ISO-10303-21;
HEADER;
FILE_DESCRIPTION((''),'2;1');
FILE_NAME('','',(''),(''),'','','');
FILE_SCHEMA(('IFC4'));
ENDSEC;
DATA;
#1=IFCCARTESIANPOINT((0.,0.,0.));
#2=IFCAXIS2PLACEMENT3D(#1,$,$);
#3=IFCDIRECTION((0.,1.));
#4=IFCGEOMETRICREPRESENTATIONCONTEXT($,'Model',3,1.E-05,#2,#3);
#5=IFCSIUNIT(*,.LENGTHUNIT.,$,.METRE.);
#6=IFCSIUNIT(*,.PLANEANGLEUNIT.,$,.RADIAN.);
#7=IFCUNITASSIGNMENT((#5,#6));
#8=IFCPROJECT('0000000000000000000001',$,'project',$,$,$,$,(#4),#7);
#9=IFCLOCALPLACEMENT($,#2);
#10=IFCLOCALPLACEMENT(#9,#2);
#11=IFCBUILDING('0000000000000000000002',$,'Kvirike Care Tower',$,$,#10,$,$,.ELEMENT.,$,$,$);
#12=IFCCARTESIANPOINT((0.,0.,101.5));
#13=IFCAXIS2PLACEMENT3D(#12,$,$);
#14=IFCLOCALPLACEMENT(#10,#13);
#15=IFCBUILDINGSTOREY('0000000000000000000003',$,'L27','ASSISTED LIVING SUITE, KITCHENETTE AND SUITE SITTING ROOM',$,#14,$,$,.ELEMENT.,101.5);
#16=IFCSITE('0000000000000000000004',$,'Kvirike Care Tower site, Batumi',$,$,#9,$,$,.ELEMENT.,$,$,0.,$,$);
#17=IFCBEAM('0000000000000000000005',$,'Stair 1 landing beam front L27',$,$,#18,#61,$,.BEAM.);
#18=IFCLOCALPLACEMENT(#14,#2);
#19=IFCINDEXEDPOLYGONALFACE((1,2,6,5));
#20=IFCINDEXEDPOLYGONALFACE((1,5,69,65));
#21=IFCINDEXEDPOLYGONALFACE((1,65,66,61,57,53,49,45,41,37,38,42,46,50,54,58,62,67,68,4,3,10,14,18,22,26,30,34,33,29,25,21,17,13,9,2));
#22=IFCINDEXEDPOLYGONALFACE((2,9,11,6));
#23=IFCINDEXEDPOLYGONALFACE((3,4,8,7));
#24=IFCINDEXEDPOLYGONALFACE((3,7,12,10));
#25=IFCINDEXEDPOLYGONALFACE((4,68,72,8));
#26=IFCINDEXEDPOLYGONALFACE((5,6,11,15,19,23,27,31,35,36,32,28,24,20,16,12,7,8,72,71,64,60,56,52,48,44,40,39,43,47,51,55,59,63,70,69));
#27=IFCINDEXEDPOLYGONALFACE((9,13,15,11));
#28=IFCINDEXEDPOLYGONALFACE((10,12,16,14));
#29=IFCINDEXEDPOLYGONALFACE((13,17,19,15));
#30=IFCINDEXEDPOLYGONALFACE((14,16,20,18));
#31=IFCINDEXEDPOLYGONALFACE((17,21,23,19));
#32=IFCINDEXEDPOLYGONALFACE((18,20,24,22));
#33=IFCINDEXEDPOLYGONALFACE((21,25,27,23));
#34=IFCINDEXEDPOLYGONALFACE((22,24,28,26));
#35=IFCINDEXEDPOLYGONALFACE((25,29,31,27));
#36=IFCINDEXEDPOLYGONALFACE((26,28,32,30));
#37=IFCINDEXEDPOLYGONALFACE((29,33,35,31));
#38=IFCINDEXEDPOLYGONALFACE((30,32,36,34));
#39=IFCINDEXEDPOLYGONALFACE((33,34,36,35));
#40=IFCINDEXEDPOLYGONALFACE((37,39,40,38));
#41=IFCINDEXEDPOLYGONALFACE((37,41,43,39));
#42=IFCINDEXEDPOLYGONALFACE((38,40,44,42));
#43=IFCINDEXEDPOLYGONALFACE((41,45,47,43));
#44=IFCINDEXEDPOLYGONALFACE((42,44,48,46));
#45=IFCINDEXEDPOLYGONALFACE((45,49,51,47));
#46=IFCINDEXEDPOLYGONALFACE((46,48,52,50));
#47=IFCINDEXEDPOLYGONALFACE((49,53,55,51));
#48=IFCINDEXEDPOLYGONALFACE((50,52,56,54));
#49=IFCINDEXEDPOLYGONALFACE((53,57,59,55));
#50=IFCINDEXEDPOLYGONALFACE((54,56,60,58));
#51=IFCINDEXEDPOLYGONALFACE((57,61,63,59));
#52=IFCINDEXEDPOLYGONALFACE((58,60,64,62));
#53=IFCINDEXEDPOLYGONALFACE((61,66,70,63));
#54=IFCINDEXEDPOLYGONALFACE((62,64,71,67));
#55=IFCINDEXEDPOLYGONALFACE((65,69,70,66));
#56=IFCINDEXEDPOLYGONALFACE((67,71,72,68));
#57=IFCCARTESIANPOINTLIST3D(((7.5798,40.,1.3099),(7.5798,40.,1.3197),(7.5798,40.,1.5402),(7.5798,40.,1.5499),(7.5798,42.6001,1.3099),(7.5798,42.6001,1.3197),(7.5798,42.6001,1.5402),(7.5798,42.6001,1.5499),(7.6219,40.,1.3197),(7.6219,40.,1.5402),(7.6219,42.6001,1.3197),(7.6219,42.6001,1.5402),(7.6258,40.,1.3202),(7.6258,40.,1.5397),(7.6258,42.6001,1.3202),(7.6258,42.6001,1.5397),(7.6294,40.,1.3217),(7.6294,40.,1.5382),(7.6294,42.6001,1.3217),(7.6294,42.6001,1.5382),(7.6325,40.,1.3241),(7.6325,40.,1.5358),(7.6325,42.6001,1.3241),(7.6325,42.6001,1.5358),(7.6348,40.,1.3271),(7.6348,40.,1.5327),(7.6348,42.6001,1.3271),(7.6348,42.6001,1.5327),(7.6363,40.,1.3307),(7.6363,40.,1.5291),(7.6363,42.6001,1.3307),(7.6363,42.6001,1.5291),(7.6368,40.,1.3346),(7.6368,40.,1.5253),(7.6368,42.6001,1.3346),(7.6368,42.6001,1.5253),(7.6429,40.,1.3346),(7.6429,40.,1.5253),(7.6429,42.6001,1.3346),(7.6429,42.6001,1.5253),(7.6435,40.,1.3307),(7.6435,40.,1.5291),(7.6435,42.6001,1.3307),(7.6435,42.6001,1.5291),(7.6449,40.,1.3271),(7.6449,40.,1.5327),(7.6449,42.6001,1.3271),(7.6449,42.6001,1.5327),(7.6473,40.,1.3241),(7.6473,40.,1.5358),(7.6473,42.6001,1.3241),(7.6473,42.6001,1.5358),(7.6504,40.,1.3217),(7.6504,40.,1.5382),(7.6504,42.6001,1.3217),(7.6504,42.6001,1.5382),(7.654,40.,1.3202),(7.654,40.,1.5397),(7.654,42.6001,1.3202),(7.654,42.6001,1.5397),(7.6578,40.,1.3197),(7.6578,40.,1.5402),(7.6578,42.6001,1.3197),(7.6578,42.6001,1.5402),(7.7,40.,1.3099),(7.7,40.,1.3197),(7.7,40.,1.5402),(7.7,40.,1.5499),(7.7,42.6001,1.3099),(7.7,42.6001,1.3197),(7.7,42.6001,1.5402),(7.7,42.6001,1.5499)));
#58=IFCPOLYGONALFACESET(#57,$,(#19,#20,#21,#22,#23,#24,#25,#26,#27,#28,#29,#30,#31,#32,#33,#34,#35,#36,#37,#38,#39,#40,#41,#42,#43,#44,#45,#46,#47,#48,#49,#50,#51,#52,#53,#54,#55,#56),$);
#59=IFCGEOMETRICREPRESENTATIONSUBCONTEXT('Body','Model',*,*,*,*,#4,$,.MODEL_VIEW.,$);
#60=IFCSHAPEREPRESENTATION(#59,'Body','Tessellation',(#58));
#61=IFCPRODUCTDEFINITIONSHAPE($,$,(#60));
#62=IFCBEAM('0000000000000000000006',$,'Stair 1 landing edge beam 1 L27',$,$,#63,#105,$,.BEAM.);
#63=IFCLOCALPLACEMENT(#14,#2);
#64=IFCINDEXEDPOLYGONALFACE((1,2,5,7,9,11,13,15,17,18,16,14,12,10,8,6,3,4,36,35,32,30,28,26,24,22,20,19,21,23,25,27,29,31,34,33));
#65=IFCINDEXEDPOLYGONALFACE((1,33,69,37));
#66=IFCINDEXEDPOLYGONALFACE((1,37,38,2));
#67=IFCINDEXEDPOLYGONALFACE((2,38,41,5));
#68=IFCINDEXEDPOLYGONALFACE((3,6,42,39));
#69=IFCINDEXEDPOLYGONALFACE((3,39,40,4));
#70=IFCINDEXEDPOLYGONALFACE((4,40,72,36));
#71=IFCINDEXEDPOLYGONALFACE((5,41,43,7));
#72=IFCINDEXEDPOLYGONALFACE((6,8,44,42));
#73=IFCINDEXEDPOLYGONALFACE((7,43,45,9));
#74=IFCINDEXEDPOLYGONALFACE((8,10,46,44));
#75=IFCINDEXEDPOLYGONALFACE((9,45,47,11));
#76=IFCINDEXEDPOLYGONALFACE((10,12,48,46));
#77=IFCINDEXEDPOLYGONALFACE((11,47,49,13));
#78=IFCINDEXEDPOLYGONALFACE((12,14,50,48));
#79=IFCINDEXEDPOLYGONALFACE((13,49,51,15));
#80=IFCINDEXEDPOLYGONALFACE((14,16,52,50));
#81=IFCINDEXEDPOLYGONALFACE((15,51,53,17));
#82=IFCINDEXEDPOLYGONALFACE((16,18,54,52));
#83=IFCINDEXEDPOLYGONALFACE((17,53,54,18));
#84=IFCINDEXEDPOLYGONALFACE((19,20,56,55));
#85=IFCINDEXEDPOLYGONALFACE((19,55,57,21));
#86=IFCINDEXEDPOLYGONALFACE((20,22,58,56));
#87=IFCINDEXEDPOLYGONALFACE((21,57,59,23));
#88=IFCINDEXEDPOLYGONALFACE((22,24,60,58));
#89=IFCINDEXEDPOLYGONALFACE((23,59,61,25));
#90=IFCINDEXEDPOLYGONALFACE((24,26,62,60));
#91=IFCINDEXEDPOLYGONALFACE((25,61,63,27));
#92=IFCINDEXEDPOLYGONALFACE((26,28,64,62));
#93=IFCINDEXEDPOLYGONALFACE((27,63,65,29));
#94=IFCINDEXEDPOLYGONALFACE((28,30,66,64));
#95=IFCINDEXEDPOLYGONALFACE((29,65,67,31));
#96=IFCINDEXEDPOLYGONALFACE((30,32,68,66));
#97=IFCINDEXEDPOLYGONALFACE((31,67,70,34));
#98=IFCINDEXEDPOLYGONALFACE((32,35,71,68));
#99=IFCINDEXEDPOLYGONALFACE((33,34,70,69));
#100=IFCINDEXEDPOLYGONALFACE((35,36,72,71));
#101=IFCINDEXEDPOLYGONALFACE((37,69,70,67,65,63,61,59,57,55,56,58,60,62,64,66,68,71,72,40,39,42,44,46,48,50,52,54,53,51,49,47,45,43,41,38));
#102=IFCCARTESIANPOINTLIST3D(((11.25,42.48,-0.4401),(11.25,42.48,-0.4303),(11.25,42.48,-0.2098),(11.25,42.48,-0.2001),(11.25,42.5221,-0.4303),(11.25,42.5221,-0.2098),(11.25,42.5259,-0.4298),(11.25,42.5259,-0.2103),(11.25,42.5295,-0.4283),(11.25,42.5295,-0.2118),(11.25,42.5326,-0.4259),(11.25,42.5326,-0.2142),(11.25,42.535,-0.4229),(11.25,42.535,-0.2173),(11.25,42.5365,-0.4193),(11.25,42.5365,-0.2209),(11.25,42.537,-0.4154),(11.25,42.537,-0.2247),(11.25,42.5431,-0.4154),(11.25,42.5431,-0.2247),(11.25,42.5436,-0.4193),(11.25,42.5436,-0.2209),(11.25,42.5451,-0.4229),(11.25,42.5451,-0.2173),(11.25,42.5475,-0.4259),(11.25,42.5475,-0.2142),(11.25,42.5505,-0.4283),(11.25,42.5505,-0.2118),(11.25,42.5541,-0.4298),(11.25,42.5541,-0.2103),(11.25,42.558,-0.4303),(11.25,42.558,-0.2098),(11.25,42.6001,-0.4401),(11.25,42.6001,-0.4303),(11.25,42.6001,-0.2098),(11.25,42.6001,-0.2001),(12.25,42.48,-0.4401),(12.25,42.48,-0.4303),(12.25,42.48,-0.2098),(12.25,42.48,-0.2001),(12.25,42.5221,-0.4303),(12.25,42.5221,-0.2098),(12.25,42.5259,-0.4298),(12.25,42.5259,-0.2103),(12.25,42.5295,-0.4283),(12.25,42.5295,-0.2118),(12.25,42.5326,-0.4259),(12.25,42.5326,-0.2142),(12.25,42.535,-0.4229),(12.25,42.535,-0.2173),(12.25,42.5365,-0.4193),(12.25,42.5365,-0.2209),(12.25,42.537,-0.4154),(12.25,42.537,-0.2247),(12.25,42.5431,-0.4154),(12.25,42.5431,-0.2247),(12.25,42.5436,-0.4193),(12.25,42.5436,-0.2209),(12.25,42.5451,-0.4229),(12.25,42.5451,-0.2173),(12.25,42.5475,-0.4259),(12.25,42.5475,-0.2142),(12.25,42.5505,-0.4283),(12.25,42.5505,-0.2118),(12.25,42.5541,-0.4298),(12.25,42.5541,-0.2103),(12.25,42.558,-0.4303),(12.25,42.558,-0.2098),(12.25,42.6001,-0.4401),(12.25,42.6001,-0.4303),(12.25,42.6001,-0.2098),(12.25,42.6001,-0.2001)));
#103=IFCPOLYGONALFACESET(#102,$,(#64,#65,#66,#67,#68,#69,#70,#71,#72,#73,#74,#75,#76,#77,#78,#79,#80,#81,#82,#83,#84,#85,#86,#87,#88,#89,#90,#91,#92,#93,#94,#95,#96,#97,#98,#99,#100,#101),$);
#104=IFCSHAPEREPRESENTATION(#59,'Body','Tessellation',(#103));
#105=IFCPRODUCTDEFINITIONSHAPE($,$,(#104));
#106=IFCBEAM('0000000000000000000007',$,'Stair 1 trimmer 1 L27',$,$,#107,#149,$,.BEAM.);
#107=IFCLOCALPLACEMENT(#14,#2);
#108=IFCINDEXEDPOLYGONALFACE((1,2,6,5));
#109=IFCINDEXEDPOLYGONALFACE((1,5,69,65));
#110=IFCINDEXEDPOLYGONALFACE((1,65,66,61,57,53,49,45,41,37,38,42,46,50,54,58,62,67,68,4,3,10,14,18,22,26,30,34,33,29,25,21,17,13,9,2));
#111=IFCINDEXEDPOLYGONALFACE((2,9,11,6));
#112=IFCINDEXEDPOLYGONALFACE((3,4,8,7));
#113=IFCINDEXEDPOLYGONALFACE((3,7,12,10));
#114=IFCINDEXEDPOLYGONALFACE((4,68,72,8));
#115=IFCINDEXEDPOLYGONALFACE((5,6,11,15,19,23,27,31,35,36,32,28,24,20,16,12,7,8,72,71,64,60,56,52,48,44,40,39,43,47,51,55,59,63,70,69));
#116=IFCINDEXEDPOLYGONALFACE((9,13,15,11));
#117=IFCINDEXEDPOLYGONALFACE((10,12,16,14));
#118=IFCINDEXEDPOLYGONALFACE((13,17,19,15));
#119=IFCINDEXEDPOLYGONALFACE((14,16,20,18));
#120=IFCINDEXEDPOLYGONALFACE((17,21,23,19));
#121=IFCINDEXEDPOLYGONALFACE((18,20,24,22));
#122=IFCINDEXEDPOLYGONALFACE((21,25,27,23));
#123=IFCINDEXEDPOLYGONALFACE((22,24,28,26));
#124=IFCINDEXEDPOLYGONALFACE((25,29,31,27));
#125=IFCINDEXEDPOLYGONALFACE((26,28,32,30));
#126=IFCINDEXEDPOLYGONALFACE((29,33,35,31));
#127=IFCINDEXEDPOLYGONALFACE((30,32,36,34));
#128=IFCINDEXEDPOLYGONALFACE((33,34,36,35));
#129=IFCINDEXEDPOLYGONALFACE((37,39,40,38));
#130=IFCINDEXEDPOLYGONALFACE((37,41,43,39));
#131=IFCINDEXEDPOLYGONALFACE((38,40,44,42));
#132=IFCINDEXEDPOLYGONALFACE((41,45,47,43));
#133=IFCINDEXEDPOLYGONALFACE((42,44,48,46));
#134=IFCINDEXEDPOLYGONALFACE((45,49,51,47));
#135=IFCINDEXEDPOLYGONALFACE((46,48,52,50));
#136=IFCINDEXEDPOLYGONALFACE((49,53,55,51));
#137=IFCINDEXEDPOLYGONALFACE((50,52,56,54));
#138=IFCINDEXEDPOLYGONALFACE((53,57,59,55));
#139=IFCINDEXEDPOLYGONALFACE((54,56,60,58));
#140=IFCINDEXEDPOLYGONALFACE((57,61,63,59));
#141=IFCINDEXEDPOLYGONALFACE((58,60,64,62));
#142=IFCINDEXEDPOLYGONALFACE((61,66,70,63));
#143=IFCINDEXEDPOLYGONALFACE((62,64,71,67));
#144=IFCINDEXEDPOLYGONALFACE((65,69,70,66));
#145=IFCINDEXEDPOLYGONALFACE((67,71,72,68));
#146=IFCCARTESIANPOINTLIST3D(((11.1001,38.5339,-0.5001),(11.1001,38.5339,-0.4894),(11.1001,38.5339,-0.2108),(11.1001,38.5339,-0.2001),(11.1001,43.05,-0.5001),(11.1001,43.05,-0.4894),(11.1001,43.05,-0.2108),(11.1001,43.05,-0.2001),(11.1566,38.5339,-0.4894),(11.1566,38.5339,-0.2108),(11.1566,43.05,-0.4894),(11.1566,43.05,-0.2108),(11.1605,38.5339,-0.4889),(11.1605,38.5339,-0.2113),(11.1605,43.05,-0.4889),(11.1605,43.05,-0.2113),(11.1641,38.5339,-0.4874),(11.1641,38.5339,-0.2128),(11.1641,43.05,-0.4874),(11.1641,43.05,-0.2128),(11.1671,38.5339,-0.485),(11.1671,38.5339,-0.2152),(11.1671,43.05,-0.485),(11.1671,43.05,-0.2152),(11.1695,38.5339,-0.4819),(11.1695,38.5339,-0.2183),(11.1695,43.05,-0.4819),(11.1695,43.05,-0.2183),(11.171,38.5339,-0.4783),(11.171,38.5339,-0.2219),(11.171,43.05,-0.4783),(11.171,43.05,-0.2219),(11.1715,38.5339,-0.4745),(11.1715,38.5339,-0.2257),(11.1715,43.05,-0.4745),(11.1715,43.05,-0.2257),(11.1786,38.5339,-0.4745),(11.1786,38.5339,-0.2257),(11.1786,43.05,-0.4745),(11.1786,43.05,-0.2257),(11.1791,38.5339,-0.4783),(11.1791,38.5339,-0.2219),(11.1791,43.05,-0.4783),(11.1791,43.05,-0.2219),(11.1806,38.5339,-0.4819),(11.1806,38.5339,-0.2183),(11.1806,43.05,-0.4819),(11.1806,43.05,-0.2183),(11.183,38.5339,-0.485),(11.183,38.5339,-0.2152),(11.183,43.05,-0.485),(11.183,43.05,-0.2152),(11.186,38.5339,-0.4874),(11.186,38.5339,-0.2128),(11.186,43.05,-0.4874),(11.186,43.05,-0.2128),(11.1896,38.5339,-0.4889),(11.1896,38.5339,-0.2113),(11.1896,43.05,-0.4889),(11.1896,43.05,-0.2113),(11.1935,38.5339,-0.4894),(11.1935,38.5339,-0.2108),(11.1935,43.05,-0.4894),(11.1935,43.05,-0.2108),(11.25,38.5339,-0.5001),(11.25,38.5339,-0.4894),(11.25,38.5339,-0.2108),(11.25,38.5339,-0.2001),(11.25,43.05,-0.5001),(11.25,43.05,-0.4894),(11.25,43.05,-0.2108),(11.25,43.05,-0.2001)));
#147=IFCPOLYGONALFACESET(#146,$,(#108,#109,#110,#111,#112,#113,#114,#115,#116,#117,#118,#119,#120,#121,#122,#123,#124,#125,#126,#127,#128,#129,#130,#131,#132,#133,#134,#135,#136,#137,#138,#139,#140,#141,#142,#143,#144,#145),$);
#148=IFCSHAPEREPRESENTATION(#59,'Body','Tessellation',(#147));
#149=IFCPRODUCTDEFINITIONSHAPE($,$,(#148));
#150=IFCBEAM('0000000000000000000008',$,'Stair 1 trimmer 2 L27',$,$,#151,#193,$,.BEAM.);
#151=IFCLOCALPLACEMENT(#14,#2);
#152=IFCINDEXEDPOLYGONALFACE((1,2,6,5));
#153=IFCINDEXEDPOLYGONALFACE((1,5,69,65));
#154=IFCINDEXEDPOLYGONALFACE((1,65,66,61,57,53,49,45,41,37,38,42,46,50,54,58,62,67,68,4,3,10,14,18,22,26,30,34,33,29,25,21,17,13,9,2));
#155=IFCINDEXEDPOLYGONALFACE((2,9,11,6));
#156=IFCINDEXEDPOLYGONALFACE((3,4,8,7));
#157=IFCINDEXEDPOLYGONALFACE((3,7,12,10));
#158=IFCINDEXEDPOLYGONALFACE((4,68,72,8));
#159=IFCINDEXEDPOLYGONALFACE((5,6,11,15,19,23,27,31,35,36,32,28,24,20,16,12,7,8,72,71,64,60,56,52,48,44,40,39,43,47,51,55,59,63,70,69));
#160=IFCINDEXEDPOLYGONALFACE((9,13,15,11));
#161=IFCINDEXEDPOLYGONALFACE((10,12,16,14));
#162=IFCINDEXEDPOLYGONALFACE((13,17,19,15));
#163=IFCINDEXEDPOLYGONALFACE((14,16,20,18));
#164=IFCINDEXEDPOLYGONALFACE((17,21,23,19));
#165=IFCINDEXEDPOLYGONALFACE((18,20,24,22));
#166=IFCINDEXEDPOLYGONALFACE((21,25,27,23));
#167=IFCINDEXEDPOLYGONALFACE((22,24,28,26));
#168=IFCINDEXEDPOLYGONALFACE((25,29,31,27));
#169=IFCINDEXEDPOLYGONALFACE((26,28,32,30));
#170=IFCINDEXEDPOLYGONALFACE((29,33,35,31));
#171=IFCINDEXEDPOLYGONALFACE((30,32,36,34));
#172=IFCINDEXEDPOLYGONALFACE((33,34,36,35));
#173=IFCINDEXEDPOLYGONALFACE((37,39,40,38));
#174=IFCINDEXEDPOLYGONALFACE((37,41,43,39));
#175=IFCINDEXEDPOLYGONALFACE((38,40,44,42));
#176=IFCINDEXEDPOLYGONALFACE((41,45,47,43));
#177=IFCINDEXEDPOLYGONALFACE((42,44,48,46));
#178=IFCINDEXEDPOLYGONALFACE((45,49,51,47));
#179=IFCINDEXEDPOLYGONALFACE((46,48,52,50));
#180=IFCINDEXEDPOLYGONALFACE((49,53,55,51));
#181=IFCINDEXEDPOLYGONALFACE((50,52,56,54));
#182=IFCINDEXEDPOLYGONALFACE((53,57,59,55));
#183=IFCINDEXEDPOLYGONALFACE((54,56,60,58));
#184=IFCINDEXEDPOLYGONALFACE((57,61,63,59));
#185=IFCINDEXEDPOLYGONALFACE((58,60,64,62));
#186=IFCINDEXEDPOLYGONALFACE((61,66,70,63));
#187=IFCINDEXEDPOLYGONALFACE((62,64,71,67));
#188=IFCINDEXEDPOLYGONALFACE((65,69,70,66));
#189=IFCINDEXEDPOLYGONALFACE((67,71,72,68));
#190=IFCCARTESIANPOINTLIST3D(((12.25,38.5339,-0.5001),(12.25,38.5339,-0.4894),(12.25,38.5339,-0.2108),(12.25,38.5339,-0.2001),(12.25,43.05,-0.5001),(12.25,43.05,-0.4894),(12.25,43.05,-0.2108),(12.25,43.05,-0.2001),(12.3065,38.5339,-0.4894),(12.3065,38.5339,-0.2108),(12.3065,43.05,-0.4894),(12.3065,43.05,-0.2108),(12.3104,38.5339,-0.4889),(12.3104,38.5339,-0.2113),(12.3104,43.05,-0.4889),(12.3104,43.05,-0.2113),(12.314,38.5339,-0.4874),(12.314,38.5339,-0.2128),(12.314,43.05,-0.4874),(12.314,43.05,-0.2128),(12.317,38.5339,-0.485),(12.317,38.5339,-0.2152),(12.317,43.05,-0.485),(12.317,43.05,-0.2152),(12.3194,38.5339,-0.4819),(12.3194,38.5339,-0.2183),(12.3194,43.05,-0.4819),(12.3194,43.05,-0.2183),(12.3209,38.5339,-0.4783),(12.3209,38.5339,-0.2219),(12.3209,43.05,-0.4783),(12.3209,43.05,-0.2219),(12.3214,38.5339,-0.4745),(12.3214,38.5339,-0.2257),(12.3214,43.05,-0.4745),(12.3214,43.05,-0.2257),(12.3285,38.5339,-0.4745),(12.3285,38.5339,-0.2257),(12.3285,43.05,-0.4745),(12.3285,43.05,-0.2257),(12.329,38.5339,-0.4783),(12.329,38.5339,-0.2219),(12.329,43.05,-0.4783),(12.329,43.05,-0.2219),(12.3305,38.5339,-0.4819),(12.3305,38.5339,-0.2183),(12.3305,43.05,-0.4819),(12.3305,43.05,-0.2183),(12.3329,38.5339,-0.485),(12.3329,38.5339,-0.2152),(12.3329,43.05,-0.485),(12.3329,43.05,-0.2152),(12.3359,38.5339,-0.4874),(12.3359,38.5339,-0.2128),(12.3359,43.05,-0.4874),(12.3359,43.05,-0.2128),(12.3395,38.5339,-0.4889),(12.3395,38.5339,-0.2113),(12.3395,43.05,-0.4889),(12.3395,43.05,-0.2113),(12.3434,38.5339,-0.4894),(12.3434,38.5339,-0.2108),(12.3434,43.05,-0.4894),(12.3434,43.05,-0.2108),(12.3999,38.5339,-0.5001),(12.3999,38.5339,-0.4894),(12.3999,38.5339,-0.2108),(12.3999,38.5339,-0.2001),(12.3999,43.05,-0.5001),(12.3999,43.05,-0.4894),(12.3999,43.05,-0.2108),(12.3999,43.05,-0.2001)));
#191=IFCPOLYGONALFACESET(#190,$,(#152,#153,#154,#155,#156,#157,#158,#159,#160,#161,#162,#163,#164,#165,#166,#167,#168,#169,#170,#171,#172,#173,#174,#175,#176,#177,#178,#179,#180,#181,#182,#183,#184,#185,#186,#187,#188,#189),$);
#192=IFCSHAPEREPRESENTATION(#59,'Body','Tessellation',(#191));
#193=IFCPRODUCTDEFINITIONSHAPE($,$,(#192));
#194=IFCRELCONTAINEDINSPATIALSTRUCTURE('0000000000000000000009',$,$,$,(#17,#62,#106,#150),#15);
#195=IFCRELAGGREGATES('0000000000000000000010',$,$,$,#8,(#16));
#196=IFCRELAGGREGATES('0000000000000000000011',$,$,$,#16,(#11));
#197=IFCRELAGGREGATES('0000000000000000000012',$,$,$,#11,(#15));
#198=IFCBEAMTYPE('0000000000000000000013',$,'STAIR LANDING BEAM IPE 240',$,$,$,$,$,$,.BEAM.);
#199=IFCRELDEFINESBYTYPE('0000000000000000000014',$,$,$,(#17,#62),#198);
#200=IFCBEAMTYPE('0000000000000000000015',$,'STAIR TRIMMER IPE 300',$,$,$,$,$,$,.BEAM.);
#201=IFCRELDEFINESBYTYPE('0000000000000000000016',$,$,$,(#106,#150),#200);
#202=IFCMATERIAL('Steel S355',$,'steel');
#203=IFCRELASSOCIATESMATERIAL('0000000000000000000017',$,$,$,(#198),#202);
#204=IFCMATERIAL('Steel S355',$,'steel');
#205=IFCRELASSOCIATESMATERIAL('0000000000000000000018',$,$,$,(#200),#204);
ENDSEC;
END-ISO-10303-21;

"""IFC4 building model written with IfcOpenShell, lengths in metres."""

from ifc_helpers import new_model, si_unit, direction, frame, origin, origin_2d, place, context, subcontext, project, spatial, i_section, extrude, material, material_profile, profile_set, type_object, element, save


model = new_model("IFC4")

# Units and contexts
model_context = context("Model", 3, precision=1e-05, world=origin(), true_north=direction((0.0, 1.0)))
body_context = subcontext(model_context, "Body", "Model", "MODEL_VIEW")
ifc_project = project(units=[si_unit("LENGTHUNIT", "METRE"), si_unit("PLANEANGLEUNIT", "RADIAN")], contexts=[model_context])

# Site, building, storey
site_placement = place(None, origin())
site = spatial("IfcSite", under=ifc_project, at=site_placement, Name="Kvirike Care Tower site, Batumi", CompositionType="ELEMENT", RefElevation=0.0)
building_placement = place(site_placement, origin())
building = spatial("IfcBuilding", under=site, at=building_placement, Name="Kvirike Care Tower", CompositionType="ELEMENT")
storey_placement = place(building_placement, frame((0.0, 0.0, 101.5)))
storey = spatial("IfcBuildingStorey", under=building, at=storey_placement, Name="L27", Description="ASSISTED LIVING SUITE, KITCHENETTE AND SUITE SITTING ROOM", CompositionType="ELEMENT", Elevation=101.5)

# Beams
ifc_material_1 = material(Name="Steel S355", Category="steel")
ifc_material_profile_1 = material_profile(ifc_material_1, i_section(OverallWidth=0.1201, OverallDepth=0.24, WebThickness=0.0061, FlangeThickness=0.0098, FilletRadius=0.0149, at=origin_2d()), Name="IPE 240")
ifc_profile_set_1 = profile_set([ifc_material_profile_1], Name="Steel S355")
beam_type_1 = type_object("IfcBeamType", Name="STAIR LANDING BEAM IPE 240", PredefinedType="BEAM", material=ifc_profile_set_1)
beam_1_placement = place(storey_placement, frame((7.6399, 42.6001, 1.4299), z_axis=(0.0, -1.0, 0.0), x_axis=(1.0, 0.0, 0.0)))
element("IfcBeam", 1, at=beam_1_placement, inside=storey, type_object=beam_type_1, Name="Stair 1 landing beam front L27", PredefinedType="BEAM", context=body_context, shape_type="SweptSolid", body=[
    extrude(i_section(OverallWidth=0.1201, OverallDepth=0.24, WebThickness=0.0061, FlangeThickness=0.0098, FilletRadius=0.0149, at=origin_2d()), origin(), (0.0, 0.0, 1.0), 2.6001),
])
beam_2_placement = place(storey_placement, frame((11.25, 42.54, -0.3201), z_axis=(1.0, 0.0, 0.0), x_axis=(0.0, 1.0, 0.0)))
element("IfcBeam", 2, at=beam_2_placement, inside=storey, type_object=beam_type_1, Name="Stair 1 landing edge beam 1 L27", PredefinedType="BEAM", context=body_context, shape_type="SweptSolid", body=[
    extrude(i_section(OverallWidth=0.1201, OverallDepth=0.24, WebThickness=0.0061, FlangeThickness=0.0098, FilletRadius=0.0149, at=origin_2d()), origin(), (0.0, 0.0, 1.0), 1.0),
])
ifc_material_2 = material(Name="Steel S355", Category="steel")
ifc_material_profile_2 = material_profile(ifc_material_2, i_section(OverallWidth=0.1499, OverallDepth=0.3, WebThickness=0.0071, FlangeThickness=0.0107, FilletRadius=0.0149, at=origin_2d()), Name="IPE 300")
ifc_profile_set_2 = profile_set([ifc_material_profile_2], Name="Steel S355")
beam_type_2 = type_object("IfcBeamType", Name="STAIR TRIMMER IPE 300", PredefinedType="BEAM", material=ifc_profile_set_2)
for number, where, z_axis, x_axis, name in (
    (3, (11.175, 43.05, -0.3501), (0.0, -1.0, 0.0), (1.0, 0.0, 0.0), "Stair 1 trimmer 1 L27"),
    (4, (12.325, 43.05, -0.3501), (0.0, -1.0, 0.0), (1.0, 0.0, 0.0), "Stair 1 trimmer 2 L27"),
):
    element("IfcBeam", number, at=place(storey_placement, frame(where, z_axis=z_axis, x_axis=x_axis)), inside=storey, type_object=beam_type_2, Name=name, PredefinedType="BEAM", context=body_context, shape_type="SweptSolid", body=[
        extrude(i_section(OverallWidth=0.1499, OverallDepth=0.3, WebThickness=0.0071, FlangeThickness=0.0107, FilletRadius=0.0149, at=origin_2d()), origin(), (0.0, 0.0, 1.0), 4.5161),
    ])

save(model, "model.ifc")
